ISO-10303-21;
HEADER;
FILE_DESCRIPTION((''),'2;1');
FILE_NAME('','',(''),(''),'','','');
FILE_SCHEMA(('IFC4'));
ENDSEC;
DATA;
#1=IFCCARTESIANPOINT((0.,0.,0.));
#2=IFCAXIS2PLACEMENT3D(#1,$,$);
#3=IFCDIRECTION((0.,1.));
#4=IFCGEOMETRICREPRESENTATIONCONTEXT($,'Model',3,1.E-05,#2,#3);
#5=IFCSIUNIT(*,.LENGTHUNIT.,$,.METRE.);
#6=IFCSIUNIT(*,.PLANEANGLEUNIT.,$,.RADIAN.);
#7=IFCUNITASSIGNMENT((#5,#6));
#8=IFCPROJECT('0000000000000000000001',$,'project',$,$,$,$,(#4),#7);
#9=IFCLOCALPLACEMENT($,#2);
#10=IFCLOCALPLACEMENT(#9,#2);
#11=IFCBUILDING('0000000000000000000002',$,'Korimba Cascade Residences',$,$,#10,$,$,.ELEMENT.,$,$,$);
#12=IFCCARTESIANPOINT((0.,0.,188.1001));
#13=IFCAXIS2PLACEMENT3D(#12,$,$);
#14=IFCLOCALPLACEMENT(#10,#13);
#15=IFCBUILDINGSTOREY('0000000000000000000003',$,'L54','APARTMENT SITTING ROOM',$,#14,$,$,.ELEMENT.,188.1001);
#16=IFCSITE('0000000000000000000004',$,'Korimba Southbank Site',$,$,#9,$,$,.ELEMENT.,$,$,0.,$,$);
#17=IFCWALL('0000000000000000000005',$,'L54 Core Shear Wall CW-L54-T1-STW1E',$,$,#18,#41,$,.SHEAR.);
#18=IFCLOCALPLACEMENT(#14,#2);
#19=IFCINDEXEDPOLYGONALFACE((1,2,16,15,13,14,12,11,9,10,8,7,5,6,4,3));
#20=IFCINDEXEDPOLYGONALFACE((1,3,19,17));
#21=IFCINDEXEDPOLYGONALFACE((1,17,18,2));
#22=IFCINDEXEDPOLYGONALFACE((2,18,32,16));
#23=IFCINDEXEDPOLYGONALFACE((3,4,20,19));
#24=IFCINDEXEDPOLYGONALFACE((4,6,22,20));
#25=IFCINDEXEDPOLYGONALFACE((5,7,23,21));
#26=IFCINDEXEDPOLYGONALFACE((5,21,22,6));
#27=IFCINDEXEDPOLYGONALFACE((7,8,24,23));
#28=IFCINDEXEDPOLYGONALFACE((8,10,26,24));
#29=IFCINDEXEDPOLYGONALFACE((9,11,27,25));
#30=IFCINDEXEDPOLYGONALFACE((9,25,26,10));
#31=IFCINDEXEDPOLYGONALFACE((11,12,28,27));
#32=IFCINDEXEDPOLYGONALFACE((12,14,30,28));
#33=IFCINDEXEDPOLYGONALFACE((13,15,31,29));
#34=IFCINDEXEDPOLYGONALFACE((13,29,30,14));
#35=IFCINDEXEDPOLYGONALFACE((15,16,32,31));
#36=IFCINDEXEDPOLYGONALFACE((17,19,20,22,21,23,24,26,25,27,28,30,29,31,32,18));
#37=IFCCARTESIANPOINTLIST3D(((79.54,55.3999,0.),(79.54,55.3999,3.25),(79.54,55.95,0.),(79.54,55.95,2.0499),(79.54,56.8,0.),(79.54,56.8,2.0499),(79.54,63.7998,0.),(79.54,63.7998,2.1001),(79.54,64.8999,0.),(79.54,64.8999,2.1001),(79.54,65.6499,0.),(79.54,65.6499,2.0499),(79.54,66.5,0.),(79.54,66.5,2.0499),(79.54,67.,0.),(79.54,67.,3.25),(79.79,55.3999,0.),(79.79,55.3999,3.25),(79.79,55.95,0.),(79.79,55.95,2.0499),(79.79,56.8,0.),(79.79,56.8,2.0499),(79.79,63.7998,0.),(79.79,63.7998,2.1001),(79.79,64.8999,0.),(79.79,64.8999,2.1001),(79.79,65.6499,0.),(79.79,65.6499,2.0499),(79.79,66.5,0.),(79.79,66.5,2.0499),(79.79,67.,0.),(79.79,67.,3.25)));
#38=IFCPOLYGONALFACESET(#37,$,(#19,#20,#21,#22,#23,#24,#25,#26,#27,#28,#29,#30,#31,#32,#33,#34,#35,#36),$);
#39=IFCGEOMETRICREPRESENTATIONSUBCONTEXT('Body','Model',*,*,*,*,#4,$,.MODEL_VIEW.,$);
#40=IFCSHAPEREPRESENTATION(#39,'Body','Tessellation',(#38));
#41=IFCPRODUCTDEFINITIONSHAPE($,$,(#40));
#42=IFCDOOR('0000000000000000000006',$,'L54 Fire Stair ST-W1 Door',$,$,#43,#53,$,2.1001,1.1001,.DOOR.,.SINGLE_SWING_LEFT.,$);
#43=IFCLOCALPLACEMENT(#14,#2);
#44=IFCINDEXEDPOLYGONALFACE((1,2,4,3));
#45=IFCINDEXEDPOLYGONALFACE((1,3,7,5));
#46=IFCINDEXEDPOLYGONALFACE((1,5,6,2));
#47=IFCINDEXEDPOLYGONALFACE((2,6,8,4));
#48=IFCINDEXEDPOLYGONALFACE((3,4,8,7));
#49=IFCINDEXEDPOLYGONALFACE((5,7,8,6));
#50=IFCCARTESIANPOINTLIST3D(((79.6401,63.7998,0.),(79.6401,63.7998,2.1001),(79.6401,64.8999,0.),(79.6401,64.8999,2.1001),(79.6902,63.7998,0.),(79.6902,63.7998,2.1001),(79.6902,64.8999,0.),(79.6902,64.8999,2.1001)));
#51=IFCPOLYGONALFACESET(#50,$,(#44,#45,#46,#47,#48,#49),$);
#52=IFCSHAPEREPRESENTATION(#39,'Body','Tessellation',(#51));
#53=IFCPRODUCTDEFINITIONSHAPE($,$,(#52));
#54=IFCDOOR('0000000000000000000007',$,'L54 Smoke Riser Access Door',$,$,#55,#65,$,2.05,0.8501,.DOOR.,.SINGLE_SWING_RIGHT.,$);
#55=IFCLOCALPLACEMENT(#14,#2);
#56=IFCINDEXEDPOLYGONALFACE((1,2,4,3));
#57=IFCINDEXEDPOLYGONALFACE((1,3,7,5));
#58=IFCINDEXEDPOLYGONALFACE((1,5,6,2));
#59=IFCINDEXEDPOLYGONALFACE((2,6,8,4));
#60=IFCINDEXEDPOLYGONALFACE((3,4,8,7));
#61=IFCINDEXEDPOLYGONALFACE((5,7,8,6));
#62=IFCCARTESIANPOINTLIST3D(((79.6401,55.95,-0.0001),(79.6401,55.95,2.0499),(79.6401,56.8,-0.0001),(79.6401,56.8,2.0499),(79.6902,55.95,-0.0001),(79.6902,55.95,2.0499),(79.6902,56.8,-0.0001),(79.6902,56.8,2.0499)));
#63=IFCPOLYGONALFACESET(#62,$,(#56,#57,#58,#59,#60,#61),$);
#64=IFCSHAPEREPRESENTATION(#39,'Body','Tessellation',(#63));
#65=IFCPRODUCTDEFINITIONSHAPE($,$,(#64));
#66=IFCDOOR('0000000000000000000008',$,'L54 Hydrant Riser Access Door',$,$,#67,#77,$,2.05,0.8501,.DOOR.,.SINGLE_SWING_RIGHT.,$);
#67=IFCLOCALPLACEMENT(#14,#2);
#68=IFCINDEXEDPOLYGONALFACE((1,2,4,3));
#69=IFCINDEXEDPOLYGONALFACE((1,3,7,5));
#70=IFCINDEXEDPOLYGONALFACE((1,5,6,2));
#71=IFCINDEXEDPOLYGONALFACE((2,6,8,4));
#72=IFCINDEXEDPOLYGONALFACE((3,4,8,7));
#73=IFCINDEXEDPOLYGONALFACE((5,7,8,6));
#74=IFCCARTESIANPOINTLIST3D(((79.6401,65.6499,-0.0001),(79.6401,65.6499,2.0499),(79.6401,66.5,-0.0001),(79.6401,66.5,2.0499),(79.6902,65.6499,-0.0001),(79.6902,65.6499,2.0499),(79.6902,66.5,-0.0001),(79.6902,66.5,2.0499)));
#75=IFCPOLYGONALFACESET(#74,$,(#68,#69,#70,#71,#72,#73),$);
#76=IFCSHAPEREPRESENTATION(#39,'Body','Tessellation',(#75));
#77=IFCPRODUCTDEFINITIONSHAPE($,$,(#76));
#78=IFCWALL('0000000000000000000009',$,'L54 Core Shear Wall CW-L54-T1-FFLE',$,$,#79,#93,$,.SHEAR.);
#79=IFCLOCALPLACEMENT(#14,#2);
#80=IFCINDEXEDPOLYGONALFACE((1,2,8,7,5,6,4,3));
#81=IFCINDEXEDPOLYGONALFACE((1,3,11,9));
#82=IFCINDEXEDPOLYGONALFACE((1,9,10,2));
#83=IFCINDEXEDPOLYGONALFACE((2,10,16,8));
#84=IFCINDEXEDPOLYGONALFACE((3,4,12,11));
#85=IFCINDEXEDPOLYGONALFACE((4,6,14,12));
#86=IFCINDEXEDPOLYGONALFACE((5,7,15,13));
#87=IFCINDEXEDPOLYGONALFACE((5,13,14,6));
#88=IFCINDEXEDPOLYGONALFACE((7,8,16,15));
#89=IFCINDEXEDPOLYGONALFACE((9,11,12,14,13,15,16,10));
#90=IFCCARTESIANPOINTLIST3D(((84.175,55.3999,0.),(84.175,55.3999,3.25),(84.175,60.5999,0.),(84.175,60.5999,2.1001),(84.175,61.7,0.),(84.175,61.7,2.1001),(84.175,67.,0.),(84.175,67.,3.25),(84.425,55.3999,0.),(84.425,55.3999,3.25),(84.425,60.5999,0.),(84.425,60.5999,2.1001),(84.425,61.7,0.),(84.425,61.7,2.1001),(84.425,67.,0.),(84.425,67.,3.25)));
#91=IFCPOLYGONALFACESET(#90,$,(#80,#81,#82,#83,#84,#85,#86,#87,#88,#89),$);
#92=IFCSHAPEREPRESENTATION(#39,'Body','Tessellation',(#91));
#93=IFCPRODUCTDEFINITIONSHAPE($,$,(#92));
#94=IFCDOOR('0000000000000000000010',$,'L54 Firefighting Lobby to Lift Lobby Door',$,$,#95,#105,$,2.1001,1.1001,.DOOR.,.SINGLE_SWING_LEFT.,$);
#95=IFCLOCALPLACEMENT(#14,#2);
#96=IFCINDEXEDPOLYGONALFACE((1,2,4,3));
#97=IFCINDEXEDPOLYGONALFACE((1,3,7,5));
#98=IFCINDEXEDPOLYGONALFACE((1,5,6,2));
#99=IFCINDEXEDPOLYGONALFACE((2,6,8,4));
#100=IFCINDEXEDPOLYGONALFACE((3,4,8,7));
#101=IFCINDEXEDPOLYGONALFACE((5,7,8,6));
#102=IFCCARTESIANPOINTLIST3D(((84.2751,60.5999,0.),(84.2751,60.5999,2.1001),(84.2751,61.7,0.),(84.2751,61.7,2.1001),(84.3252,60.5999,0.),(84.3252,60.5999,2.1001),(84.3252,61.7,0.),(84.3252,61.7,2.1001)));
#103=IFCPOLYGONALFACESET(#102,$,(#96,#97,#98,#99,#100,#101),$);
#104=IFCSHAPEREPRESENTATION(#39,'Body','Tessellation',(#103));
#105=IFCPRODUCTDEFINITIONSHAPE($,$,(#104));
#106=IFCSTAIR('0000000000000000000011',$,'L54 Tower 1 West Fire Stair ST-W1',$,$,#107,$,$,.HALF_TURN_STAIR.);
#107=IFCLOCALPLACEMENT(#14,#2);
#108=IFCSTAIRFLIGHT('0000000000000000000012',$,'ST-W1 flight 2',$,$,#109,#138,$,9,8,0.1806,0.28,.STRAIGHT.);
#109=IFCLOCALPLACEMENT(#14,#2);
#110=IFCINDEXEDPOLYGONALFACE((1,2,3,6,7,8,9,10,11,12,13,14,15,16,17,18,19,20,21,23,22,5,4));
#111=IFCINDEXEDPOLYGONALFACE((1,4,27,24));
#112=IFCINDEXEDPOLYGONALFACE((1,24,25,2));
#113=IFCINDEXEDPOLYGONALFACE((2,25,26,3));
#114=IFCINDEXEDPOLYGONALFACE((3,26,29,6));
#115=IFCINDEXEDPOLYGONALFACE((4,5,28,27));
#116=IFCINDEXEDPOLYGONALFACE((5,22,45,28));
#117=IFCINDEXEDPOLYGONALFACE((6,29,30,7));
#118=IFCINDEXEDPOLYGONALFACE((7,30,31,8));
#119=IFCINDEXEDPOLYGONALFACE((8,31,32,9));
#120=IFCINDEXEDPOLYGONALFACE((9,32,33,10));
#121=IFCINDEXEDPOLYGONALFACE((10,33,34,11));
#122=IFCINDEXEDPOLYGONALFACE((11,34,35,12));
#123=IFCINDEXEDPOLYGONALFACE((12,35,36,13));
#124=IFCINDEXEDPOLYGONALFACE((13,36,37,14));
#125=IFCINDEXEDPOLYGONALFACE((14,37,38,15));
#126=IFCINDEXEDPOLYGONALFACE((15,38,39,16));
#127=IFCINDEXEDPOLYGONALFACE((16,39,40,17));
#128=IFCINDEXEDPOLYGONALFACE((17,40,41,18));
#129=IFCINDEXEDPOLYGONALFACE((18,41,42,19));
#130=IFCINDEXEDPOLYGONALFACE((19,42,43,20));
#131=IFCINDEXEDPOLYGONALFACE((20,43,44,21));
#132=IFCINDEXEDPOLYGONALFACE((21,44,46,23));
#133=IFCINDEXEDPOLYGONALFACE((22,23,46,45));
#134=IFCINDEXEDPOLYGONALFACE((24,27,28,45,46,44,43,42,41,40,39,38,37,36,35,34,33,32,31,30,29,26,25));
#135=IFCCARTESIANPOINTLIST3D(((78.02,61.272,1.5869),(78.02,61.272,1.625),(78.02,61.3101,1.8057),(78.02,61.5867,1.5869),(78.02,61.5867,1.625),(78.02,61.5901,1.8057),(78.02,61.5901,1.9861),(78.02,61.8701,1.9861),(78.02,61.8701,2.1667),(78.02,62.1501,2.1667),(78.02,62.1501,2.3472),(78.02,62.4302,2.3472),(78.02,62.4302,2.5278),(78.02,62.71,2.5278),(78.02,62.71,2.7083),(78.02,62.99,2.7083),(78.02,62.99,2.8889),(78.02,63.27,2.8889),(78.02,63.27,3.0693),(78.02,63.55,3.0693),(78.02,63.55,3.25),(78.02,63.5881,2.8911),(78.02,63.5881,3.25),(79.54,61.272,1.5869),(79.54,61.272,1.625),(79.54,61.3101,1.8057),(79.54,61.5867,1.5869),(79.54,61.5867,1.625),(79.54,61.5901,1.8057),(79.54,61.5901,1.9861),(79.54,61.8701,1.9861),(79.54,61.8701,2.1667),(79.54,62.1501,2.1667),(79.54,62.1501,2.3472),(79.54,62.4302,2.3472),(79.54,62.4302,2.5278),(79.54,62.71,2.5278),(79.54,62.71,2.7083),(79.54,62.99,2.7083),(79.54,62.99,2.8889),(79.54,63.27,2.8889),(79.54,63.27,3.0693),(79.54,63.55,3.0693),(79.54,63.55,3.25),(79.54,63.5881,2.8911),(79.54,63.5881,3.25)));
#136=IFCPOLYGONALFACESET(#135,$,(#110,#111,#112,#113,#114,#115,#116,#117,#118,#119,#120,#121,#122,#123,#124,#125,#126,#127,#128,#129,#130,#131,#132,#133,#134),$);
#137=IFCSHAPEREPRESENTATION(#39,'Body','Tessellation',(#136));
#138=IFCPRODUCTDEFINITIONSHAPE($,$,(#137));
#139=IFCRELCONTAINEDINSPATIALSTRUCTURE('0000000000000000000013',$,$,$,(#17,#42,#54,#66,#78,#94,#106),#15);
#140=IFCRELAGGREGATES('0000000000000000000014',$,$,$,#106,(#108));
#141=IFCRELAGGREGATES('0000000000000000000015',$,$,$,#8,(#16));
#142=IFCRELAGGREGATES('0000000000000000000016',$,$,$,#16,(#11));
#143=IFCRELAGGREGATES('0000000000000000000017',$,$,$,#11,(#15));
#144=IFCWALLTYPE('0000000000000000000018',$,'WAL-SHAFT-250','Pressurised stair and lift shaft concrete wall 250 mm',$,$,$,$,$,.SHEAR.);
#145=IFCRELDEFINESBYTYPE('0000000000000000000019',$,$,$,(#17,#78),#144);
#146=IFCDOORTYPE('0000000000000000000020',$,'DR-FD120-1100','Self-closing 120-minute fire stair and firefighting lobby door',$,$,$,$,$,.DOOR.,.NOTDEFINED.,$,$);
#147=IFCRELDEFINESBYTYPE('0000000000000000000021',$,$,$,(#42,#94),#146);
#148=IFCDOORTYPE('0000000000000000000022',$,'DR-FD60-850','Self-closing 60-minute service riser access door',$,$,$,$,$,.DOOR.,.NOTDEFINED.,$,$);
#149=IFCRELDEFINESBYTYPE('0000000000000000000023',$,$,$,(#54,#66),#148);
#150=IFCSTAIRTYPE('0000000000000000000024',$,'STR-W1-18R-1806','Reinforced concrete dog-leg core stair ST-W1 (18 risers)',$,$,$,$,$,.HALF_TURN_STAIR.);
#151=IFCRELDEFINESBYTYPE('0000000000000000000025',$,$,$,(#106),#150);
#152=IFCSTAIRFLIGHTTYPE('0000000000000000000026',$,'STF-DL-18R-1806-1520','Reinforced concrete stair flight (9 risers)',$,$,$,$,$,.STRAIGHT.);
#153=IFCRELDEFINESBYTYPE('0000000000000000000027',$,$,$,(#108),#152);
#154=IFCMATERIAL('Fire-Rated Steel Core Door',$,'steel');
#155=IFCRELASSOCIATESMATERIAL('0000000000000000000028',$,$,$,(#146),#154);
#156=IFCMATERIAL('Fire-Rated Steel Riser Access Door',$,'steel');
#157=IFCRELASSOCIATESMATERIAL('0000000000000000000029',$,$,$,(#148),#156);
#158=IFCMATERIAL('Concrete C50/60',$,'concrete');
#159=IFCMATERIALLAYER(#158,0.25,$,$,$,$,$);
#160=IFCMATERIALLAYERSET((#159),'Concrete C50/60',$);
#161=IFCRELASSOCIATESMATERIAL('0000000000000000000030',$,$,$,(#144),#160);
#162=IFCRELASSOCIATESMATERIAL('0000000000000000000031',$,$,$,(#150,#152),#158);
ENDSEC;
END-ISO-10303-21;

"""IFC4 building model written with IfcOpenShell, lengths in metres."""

from ifc_helpers import new_model, si_unit, direction, frame, frame_2d, origin, place, context, subcontext, project, spatial, polyline, rectangle, outline, extrude, material, layer, layer_set, type_object, element, fill, aggregate, save


model = new_model("IFC4")

# Units and contexts
model_context = context("Model", 3, precision=1e-05, world=origin(), true_north=direction((0.0, 1.0)))
body_context = subcontext(model_context, "Body", "Model", "MODEL_VIEW")
ifc_project = project(units=[si_unit("LENGTHUNIT", "METRE"), si_unit("PLANEANGLEUNIT", "RADIAN")], contexts=[model_context])

# Site, building, storey
site_placement = place(None, origin())
site = spatial("IfcSite", under=ifc_project, at=site_placement, Name="Korimba Southbank Site", CompositionType="ELEMENT", RefElevation=0.0)
building_placement = place(site_placement, origin())
building = spatial("IfcBuilding", under=site, at=building_placement, Name="Korimba Cascade Residences", CompositionType="ELEMENT")
storey_placement = place(building_placement, frame((0.0, 0.0, 188.1001)))
storey = spatial("IfcBuildingStorey", under=building, at=storey_placement, Name="L54", Description="APARTMENT SITTING ROOM", CompositionType="ELEMENT", Elevation=188.1001)

# Shared definitions
ifc_material_1 = material(Name="Fire-Rated Steel Core Door", Category="steel")
door_type_1 = type_object("IfcDoorType", Name="DR-FD120-1100", Description="Self-closing 120-minute fire stair and firefighting lobby door", OperationType="NOTDEFINED", PredefinedType="DOOR", material=ifc_material_1)

# Wall, openings, doors
ifc_material_2 = material(Name="Fire-Rated Steel Riser Access Door", Category="steel")
door_type_2 = type_object("IfcDoorType", Name="DR-FD60-850", Description="Self-closing 60-minute service riser access door", OperationType="NOTDEFINED", PredefinedType="DOOR", material=ifc_material_2)
ifc_material_3 = material(Name="Concrete C50/60", Category="concrete")
ifc_layer_1 = layer(ifc_material_3, 0.25)
ifc_layer_set_1 = layer_set([ifc_layer_1], Name="Concrete C50/60")
wall_type_1 = type_object("IfcWallType", Name="WAL-SHAFT-250", Description="Pressurised stair and lift shaft concrete wall 250 mm", PredefinedType="SHEAR", material=ifc_layer_set_1)
wall_1_placement = place(storey_placement, frame((79.665, 55.3999, 0.0), z_axis=(0.0, 0.0, 1.0), x_axis=(0.0, 1.0, 0.0)))
wall_1 = element("IfcWall", 1, at=wall_1_placement, inside=storey, type_object=wall_type_1, Name="L54 Core Shear Wall CW-L54-T1-STW1E", PredefinedType="SHEAR", context=body_context, shape_type="SweptSolid", body=[
    extrude(rectangle(XDim=11.6001, YDim=0.25, at=frame_2d((5.8, 0.0))), origin(), (0.0, 0.0, 1.0), 3.25),
])
opening_1_placement = place(wall_1_placement, frame((0.55, 0.0, 0.0)))
opening_1 = element("IfcOpeningElement", 2, at=opening_1_placement, cuts=wall_1, PredefinedType="OPENING", context=body_context, shape_type="SweptSolid", body=[
    extrude(rectangle(XDim=0.8501, YDim=2.05, at=frame_2d((0.425, 1.0249))), frame((0.0, 0.135, 0.0), z_axis=(0.0, -1.0, 0.0), x_axis=(1.0, 0.0, 0.0)), (0.0, 0.0, 1.0), 0.27),
])
opening_2_placement = place(wall_1_placement, frame((8.3999, 0.0, 0.0)))
opening_2 = element("IfcOpeningElement", 3, at=opening_2_placement, cuts=wall_1, PredefinedType="OPENING", context=body_context, shape_type="SweptSolid", body=[
    extrude(rectangle(XDim=1.1001, YDim=2.1001, at=frame_2d((0.55, 1.05))), frame((0.0, 0.135, 0.0), z_axis=(0.0, -1.0, 0.0), x_axis=(1.0, 0.0, 0.0)), (0.0, 0.0, 1.0), 0.27),
])
opening_3_placement = place(wall_1_placement, frame((10.25, 0.0, 0.0)))
opening_3 = element("IfcOpeningElement", 4, at=opening_3_placement, cuts=wall_1, PredefinedType="OPENING", context=body_context, shape_type="SweptSolid", body=[
    extrude(rectangle(XDim=0.8501, YDim=2.05, at=frame_2d((0.425, 1.0249))), frame((0.0, 0.135, 0.0), z_axis=(0.0, -1.0, 0.0), x_axis=(1.0, 0.0, 0.0)), (0.0, 0.0, 1.0), 0.27),
])
door_1_placement = place(opening_2_placement, origin())
door_1 = element("IfcDoor", 5, at=door_1_placement, inside=storey, type_object=door_type_1, Name="L54 Fire Stair ST-W1 Door", OperationType="SINGLE_SWING_LEFT", OverallHeight=2.1001, OverallWidth=1.1001, PredefinedType="DOOR", context=body_context, shape_type="SweptSolid", body=[
    extrude(rectangle(XDim=1.1001, YDim=2.1001, at=frame_2d((0.55, 1.05))), frame((0.0, 0.0249, 0.0), z_axis=(0.0, -1.0, 0.0), x_axis=(1.0, 0.0, 0.0)), (0.0, 0.0, 1.0), 0.05),
])
fill(opening_2, door_1)
door_2_placement = place(opening_1_placement, origin())
door_2 = element("IfcDoor", 6, at=door_2_placement, inside=storey, type_object=door_type_2, Name="L54 Smoke Riser Access Door", OperationType="SINGLE_SWING_RIGHT", OverallHeight=2.05, OverallWidth=0.8501, PredefinedType="DOOR", context=body_context, shape_type="SweptSolid", body=[
    extrude(rectangle(XDim=0.8501, YDim=2.05, at=frame_2d((0.425, 1.0249))), frame((0.0, 0.0249, 0.0), z_axis=(0.0, -1.0, 0.0), x_axis=(1.0, 0.0, 0.0)), (0.0, 0.0, 1.0), 0.05),
])
fill(opening_1, door_2)
door_3_placement = place(opening_3_placement, origin())
door_3 = element("IfcDoor", 7, at=door_3_placement, inside=storey, type_object=door_type_2, Name="L54 Hydrant Riser Access Door", OperationType="SINGLE_SWING_RIGHT", OverallHeight=2.05, OverallWidth=0.8501, PredefinedType="DOOR", context=body_context, shape_type="SweptSolid", body=[
    extrude(rectangle(XDim=0.8501, YDim=2.05, at=frame_2d((0.425, 1.0249))), frame((0.0, 0.0249, 0.0), z_axis=(0.0, -1.0, 0.0), x_axis=(1.0, 0.0, 0.0)), (0.0, 0.0, 1.0), 0.05),
])
fill(opening_3, door_3)

# Wall, opening, door
wall_2_placement = place(storey_placement, frame((84.3, 55.3999, 0.0), z_axis=(0.0, 0.0, 1.0), x_axis=(0.0, 1.0, 0.0)))
wall_2 = element("IfcWall", 8, at=wall_2_placement, inside=storey, type_object=wall_type_1, Name="L54 Core Shear Wall CW-L54-T1-FFLE", PredefinedType="SHEAR", context=body_context, shape_type="SweptSolid", body=[
    extrude(rectangle(XDim=11.6001, YDim=0.25, at=frame_2d((5.8, 0.0))), origin(), (0.0, 0.0, 1.0), 3.25),
])
opening_4_placement = place(wall_2_placement, frame((5.2, 0.0, 0.0)))
opening_4 = element("IfcOpeningElement", 9, at=opening_4_placement, cuts=wall_2, PredefinedType="OPENING", context=body_context, shape_type="SweptSolid", body=[
    extrude(rectangle(XDim=1.1001, YDim=2.1001, at=frame_2d((0.55, 1.05))), frame((0.0, 0.135, 0.0), z_axis=(0.0, -1.0, 0.0), x_axis=(1.0, 0.0, 0.0)), (0.0, 0.0, 1.0), 0.27),
])
door_4_placement = place(opening_4_placement, origin())
door_4 = element("IfcDoor", 10, at=door_4_placement, inside=storey, type_object=door_type_1, Name="L54 Firefighting Lobby to Lift Lobby Door", OperationType="SINGLE_SWING_LEFT", OverallHeight=2.1001, OverallWidth=1.1001, PredefinedType="DOOR", context=body_context, shape_type="SweptSolid", body=[
    extrude(rectangle(XDim=1.1001, YDim=2.1001, at=frame_2d((0.55, 1.05))), frame((0.0, 0.0249, 0.0), z_axis=(0.0, -1.0, 0.0), x_axis=(1.0, 0.0, 0.0)), (0.0, 0.0, 1.0), 0.05),
])
fill(opening_4, door_4)

# Stair, stair flight
stair_type = type_object("IfcStairType", Name="STR-W1-18R-1806", Description="Reinforced concrete dog-leg core stair ST-W1 (18 risers)", PredefinedType="HALF_TURN_STAIR", material=ifc_material_3)
stair_placement = place(storey_placement, origin())
stair = element("IfcStair", 11, at=stair_placement, inside=storey, type_object=stair_type, Name="L54 Tower 1 West Fire Stair ST-W1", PredefinedType="HALF_TURN_STAIR")
stair_flight_type = type_object("IfcStairFlightType", Name="STF-DL-18R-1806-1520", Description="Reinforced concrete stair flight (9 risers)", PredefinedType="STRAIGHT", material=ifc_material_3)
stair_flight_placement = place(storey_placement, frame((78.78, 61.3101, 1.625), z_axis=(0.0, 0.0, 1.0), x_axis=(0.0, 1.0, 0.0)))
stair_flight = element("IfcStairFlight", 12, at=stair_flight_placement, type_object=stair_flight_type, Name="ST-W1 flight 2", NumberOfRisers=9, NumberOfTreads=8, PredefinedType="STRAIGHT", RiserHeight=0.1806, TreadLength=0.28, context=body_context, shape_type="SweptSolid", body=[
    extrude(outline(polyline([(-0.0381, 0.0), (0.0, 0.1807), (0.28, 0.1807), (0.28, 0.3611), (0.5601, 0.3611), (0.5601, 0.5417), (0.8401, 0.5417), (0.8401, 0.7222), (1.1201, 0.7222), (1.1201, 0.9028), (1.3999, 0.9028), (1.3999, 1.0833), (1.6799, 1.0833), (1.6799, 1.2639), (1.96, 1.2639), (1.96, 1.4443), (2.24, 1.4443), (2.24, 1.625), (2.2781, 1.625), (2.2781, 1.2661), (0.2766, 0.0), (0.2766, -0.0381), (-0.0381, -0.0381), (-0.0381, 0.0)])), frame((0.0, 0.76, 0.0), z_axis=(0.0, -1.0, 0.0), x_axis=(1.0, 0.0, 0.0)), (0.0, 0.0, 1.0), 1.52),
])
aggregate(stair, [stair_flight])

save(model, "model.ifc")
